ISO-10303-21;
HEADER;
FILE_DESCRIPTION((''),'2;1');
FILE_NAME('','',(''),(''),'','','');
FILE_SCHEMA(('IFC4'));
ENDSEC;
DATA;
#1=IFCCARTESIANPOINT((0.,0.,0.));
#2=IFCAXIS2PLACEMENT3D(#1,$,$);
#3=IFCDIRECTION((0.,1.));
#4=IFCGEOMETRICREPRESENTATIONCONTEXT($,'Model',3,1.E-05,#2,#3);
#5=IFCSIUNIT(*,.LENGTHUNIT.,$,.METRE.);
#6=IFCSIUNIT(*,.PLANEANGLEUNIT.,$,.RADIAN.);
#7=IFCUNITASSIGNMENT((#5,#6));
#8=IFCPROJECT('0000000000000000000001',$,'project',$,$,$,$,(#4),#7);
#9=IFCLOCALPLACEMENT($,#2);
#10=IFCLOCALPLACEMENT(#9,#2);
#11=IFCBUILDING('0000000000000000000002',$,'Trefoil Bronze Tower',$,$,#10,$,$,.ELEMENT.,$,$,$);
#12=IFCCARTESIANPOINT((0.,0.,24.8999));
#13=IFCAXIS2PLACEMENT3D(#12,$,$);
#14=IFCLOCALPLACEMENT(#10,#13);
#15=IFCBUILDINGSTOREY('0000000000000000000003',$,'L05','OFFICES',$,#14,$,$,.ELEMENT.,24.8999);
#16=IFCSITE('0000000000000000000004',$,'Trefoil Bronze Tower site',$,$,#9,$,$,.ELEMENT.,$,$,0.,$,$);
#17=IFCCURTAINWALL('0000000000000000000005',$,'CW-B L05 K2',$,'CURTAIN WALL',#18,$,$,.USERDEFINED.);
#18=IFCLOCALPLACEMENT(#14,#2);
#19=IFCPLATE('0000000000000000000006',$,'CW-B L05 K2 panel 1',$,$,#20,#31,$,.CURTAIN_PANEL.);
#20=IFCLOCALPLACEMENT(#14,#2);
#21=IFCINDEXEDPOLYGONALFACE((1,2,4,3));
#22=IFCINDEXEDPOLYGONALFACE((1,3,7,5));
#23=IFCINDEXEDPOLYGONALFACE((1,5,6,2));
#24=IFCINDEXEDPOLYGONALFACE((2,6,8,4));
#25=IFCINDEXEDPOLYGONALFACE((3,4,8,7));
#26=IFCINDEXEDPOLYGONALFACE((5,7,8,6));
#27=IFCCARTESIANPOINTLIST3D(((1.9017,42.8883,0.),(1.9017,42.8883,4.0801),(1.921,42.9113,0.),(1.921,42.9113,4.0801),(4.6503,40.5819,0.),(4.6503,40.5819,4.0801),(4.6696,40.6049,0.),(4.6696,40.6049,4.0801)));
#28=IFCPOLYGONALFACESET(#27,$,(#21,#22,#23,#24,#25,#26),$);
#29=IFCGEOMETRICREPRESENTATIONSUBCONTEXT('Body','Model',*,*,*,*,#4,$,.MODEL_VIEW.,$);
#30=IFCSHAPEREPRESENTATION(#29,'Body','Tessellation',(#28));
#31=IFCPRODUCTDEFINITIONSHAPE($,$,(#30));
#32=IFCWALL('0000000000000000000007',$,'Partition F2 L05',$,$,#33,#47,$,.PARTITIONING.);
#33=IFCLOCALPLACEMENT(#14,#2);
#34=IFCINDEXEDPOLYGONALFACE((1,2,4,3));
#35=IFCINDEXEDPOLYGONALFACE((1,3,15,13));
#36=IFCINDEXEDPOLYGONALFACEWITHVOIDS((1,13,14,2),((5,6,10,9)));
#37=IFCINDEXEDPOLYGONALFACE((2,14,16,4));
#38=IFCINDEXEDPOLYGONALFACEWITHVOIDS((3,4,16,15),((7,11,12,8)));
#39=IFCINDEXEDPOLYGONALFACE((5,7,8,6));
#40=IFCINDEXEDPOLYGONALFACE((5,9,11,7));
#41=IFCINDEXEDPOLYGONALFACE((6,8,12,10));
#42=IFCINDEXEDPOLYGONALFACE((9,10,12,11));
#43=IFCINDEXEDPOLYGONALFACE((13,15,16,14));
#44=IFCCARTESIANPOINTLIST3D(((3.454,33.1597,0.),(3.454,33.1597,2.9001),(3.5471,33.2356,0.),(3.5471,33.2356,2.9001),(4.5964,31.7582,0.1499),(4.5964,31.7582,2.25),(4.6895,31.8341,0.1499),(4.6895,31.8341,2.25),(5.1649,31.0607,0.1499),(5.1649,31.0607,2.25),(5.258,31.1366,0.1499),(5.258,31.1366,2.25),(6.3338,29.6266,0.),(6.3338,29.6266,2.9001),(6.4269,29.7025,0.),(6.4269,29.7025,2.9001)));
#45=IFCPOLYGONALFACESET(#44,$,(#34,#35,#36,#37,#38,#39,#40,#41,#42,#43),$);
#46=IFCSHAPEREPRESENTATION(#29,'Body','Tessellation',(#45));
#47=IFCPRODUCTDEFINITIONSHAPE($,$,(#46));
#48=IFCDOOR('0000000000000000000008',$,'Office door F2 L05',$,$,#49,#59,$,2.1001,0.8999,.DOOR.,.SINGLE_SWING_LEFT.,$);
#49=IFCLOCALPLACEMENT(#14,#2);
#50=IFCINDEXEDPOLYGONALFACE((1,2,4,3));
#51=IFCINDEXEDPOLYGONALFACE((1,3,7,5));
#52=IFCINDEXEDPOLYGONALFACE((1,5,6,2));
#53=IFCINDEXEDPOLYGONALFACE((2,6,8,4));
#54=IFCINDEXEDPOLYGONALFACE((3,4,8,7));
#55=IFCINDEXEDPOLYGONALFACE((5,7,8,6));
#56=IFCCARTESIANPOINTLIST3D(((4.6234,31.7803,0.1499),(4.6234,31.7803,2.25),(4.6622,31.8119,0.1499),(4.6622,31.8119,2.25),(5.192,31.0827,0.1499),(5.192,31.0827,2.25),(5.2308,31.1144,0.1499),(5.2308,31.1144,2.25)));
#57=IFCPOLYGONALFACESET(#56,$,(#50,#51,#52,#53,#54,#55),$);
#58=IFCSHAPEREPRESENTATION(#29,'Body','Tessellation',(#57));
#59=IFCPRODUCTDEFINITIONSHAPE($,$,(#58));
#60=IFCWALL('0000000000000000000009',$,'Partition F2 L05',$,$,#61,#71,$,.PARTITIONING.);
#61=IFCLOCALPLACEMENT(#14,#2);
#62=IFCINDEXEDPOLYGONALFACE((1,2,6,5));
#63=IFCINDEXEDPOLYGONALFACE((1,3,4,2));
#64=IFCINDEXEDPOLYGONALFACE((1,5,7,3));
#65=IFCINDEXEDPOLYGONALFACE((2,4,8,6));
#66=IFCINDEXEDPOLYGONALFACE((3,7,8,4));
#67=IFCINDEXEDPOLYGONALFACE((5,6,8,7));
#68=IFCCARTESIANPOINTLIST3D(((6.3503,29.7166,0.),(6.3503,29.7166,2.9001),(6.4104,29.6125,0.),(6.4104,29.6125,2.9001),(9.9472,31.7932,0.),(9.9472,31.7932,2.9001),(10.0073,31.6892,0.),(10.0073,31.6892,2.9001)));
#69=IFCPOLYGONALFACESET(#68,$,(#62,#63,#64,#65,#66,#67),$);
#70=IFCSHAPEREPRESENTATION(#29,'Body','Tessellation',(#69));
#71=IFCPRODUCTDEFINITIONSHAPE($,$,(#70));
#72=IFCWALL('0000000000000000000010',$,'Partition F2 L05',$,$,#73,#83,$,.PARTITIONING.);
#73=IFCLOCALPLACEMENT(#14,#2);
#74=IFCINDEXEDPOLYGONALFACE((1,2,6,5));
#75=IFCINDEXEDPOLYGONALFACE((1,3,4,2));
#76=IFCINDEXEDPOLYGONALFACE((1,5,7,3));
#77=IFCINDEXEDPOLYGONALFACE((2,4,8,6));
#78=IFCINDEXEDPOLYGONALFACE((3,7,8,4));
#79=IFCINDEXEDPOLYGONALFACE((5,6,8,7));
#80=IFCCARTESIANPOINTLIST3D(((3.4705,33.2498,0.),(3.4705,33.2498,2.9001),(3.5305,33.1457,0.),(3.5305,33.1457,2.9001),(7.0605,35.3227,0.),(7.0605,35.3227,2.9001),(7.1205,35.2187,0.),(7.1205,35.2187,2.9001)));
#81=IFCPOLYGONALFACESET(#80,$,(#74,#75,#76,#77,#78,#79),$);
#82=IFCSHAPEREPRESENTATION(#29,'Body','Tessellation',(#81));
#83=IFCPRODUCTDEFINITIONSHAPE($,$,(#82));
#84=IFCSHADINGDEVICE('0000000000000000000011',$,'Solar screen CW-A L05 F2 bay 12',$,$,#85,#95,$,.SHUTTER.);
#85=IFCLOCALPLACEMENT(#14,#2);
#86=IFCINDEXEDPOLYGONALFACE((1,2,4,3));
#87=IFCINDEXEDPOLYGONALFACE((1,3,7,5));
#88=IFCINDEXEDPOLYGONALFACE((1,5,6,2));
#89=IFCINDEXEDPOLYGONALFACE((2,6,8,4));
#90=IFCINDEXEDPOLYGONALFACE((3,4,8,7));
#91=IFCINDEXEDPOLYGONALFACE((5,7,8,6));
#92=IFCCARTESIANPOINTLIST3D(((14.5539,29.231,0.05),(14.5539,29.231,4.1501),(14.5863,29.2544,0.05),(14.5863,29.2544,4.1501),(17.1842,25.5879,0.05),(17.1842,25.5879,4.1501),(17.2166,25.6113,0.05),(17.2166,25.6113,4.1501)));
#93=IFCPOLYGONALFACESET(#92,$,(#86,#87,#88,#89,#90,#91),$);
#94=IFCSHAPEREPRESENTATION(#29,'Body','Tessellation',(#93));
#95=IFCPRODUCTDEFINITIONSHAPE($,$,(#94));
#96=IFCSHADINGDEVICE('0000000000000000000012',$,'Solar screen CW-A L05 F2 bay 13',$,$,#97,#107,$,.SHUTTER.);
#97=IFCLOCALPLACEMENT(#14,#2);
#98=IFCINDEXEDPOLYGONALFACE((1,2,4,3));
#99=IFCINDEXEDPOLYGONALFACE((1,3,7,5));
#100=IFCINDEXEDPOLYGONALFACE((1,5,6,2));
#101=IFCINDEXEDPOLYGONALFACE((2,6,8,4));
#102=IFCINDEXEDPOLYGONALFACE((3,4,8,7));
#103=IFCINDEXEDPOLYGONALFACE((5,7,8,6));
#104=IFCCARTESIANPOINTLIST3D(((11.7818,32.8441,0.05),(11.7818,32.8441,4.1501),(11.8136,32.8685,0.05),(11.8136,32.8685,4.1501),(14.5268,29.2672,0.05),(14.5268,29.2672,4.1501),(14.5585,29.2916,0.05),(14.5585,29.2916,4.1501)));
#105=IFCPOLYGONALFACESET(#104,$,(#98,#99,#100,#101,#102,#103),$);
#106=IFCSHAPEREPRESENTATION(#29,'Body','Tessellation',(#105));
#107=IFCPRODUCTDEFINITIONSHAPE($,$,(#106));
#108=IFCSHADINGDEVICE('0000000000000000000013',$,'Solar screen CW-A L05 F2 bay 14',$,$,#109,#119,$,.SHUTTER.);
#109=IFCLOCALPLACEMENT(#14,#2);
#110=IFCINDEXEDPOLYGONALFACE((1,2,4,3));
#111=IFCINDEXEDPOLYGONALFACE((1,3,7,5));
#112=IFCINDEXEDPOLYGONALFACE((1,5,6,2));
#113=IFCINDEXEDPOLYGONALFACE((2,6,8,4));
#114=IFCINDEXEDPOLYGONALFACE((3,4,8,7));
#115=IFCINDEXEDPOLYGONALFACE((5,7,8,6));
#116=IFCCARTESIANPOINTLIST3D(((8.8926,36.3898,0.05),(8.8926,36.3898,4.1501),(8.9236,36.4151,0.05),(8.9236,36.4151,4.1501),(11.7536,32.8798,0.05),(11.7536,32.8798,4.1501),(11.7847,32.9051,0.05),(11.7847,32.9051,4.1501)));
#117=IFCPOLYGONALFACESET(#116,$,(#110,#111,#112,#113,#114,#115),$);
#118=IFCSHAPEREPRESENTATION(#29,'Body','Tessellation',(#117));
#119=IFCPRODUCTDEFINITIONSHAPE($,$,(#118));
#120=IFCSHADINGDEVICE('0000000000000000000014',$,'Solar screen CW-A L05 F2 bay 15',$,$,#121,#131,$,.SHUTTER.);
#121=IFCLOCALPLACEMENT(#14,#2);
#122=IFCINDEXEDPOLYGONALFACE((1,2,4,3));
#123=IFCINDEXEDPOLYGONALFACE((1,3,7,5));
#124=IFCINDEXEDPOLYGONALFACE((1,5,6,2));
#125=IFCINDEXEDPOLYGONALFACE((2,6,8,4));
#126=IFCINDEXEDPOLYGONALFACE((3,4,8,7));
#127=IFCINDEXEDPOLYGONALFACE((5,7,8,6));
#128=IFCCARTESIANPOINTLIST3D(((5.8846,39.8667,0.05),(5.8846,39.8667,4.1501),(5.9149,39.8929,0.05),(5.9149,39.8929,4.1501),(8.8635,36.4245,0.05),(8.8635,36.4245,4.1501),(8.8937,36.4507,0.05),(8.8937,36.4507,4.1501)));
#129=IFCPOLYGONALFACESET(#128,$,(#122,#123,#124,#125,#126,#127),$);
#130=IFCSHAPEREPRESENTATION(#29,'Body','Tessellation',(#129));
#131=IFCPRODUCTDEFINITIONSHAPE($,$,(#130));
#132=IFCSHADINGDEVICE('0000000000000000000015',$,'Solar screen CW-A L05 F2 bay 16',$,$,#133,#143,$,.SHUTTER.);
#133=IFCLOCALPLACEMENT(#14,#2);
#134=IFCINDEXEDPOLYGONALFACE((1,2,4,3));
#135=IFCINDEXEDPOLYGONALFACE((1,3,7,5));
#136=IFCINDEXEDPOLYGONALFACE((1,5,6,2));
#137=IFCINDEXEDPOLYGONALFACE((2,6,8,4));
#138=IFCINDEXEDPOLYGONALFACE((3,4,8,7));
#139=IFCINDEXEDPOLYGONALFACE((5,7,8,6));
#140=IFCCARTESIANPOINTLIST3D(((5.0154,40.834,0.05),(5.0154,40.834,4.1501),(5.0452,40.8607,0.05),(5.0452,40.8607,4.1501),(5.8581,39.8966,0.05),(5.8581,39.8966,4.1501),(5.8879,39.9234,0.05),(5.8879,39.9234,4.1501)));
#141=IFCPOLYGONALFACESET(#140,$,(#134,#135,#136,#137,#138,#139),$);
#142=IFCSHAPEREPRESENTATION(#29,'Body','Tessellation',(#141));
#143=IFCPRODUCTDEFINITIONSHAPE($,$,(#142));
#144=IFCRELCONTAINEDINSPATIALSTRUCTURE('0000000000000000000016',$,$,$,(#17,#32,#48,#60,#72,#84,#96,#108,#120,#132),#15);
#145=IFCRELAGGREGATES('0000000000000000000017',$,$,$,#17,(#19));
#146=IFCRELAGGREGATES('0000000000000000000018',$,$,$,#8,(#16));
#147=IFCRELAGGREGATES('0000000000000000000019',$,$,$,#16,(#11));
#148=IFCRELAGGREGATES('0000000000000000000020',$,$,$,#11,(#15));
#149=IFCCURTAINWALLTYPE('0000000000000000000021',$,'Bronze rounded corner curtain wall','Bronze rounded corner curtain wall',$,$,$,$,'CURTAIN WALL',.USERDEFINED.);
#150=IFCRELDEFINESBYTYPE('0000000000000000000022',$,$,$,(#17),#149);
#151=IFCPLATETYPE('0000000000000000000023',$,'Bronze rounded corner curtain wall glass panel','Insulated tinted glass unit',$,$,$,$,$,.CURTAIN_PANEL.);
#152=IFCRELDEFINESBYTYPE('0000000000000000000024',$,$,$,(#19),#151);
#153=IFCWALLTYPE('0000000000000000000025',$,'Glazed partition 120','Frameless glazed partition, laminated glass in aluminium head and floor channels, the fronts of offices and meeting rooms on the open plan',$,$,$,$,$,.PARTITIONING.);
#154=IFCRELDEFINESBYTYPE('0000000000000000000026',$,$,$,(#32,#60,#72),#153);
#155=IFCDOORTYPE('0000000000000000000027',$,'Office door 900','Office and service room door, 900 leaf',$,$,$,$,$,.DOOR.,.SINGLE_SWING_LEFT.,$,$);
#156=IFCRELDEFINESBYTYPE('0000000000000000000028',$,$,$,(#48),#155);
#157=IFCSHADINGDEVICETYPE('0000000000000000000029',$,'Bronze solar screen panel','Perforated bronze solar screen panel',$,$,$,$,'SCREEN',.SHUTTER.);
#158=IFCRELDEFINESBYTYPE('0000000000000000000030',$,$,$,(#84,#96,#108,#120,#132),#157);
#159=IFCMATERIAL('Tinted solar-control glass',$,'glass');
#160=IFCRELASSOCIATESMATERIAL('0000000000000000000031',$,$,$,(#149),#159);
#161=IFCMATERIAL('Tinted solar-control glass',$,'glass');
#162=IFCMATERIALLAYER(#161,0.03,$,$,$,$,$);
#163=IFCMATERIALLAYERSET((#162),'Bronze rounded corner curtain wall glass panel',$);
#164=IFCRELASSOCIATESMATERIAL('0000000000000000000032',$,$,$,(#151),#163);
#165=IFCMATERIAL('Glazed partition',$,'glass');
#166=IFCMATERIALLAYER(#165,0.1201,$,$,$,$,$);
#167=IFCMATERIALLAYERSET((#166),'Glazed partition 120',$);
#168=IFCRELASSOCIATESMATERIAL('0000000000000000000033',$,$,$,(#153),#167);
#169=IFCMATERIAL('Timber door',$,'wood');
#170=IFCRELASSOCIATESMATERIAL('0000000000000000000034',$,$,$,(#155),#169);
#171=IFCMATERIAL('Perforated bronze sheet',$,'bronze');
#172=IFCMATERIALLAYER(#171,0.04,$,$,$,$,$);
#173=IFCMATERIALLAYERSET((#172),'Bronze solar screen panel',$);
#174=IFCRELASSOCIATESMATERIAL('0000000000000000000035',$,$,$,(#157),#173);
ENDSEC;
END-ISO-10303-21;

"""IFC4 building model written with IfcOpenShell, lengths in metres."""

from ifc_helpers import new_model, si_unit, direction, frame, frame_2d, origin, origin_2d, place, context, subcontext, project, spatial, rectangle, extrude, material, layer, layer_set, type_object, element, fill, aggregate, save


model = new_model("IFC4")

# Units and contexts
model_context = context("Model", 3, precision=1e-05, world=origin(), true_north=direction((0.0, 1.0)))
body_context = subcontext(model_context, "Body", "Model", "MODEL_VIEW")
ifc_project = project(units=[si_unit("LENGTHUNIT", "METRE"), si_unit("PLANEANGLEUNIT", "RADIAN")], contexts=[model_context])

# Site, building, storey
site_placement = place(None, origin())
site = spatial("IfcSite", under=ifc_project, at=site_placement, Name="Trefoil Bronze Tower site", CompositionType="ELEMENT", RefElevation=0.0)
building_placement = place(site_placement, origin())
building = spatial("IfcBuilding", under=site, at=building_placement, Name="Trefoil Bronze Tower", CompositionType="ELEMENT")
storey_placement = place(building_placement, frame((0.0, 0.0, 24.8999)))
storey = spatial("IfcBuildingStorey", under=building, at=storey_placement, Name="L05", Description="OFFICES", CompositionType="ELEMENT", Elevation=24.8999)

# Curtain wall
ifc_material_1 = material(Name="Tinted solar-control glass", Category="glass")
curtain_wall_type_1 = type_object("IfcCurtainWallType", Name="Bronze rounded corner curtain wall", Description="Bronze rounded corner curtain wall", ElementType="CURTAIN WALL", PredefinedType="USERDEFINED", material=ifc_material_1)
curtain_wall_1_placement = place(storey_placement, origin())
curtain_wall_1 = element("IfcCurtainWall", 1, at=curtain_wall_1_placement, inside=storey, type_object=curtain_wall_type_1, Name="CW-B L05 K2", ObjectType="CURTAIN WALL", PredefinedType="USERDEFINED")

# Plate
ifc_material_2 = material(Name="Tinted solar-control glass", Category="glass")
ifc_layer_1 = layer(ifc_material_2, 0.03)
ifc_layer_set_1 = layer_set([ifc_layer_1], Name="Bronze rounded corner curtain wall glass panel")
plate_type_1 = type_object("IfcPlateType", Name="Bronze rounded corner curtain wall glass panel", Description="Insulated tinted glass unit", PredefinedType="CURTAIN_PANEL", material=ifc_layer_set_1)
plate_1_placement = place(storey_placement, frame((3.2856, 41.7466, 0.0), z_axis=(0.0, 0.0, 1.0), x_axis=(-0.766044, 0.642788, 0.0)))
plate_1 = element("IfcPlate", 2, at=plate_1_placement, type_object=plate_type_1, Name="CW-B L05 K2 panel 1", PredefinedType="CURTAIN_PANEL", context=body_context, shape_type="SweptSolid", body=[
    extrude(rectangle(XDim=3.5881, YDim=0.03, at=origin_2d()), origin(), (0.0, 0.0, 1.0), 4.0801),
])
aggregate(curtain_wall_1, [plate_1])

# Wall, opening, door
ifc_material_3 = material(Name="Glazed partition", Category="glass")
ifc_layer_2 = layer(ifc_material_3, 0.1201)
ifc_layer_set_2 = layer_set([ifc_layer_2], Name="Glazed partition 120")
wall_type = type_object("IfcWallType", Name="Glazed partition 120", Description="Frameless glazed partition, laminated glass in aluminium head and floor channels, the fronts of offices and meeting rooms on the open plan", PredefinedType="PARTITIONING", material=ifc_layer_set_2)
wall_1_placement = place(storey_placement, frame((6.3804, 29.6646, 0.0), z_axis=(0.0, 0.0, 1.0), x_axis=(-0.631802, 0.77513, 0.0)))
wall_1 = element("IfcWall", 3, at=wall_1_placement, inside=storey, type_object=wall_type, Name="Partition F2 L05", PredefinedType="PARTITIONING", context=body_context, shape_type="SweptSolid", body=[
    extrude(rectangle(XDim=4.5581, YDim=0.1201, at=frame_2d((2.2791, 0.0))), origin(), (0.0, 0.0, 1.0), 2.9001),
])
opening_placement = place(wall_1_placement, frame((1.8501, 0.0, 0.1499)))
opening = element("IfcOpeningElement", 4, at=opening_placement, cuts=wall_1, PredefinedType="OPENING", context=body_context, shape_type="SweptSolid", body=[
    extrude(rectangle(XDim=0.8999, YDim=2.1001, at=frame_2d((0.45, 1.05))), frame((0.0, 0.0701, 0.0), z_axis=(0.0, -1.0, 0.0), x_axis=(1.0, 0.0, 0.0)), (0.0, 0.0, 1.0), 0.1401),
])
ifc_material_4 = material(Name="Timber door", Category="wood")
door_type = type_object("IfcDoorType", Name="Office door 900", Description="Office and service room door, 900 leaf", OperationType="SINGLE_SWING_LEFT", PredefinedType="DOOR", material=ifc_material_4)
door_placement = place(opening_placement, frame((0.8999, 0.0, 0.0), z_axis=(0.0, 0.0, 1.0), x_axis=(-1.0, 0.0, 0.0)))
door = element("IfcDoor", 5, at=door_placement, inside=storey, type_object=door_type, Name="Office door F2 L05", OperationType="SINGLE_SWING_LEFT", OverallHeight=2.1001, OverallWidth=0.8999, PredefinedType="DOOR", context=body_context, shape_type="SweptSolid", body=[
    extrude(rectangle(XDim=0.8999, YDim=2.1001, at=frame_2d((0.45, 1.05))), frame((0.0, 0.0249, 0.0), z_axis=(0.0, -1.0, 0.0), x_axis=(1.0, 0.0, 0.0)), (0.0, 0.0, 1.0), 0.05),
])
fill(opening, door)

# Walls
wall_2_placement = place(storey_placement, frame((6.3804, 29.6646, 0.0), z_axis=(0.0, 0.0, 1.0), x_axis=(0.866028, 0.499996, 0.0)))
element("IfcWall", 6, at=wall_2_placement, inside=storey, type_object=wall_type, Name="Partition F2 L05", PredefinedType="PARTITIONING", context=body_context, shape_type="SweptSolid", body=[
    extrude(rectangle(XDim=4.1533, YDim=0.1201, at=frame_2d((2.0767, 0.0))), origin(), (0.0, 0.0, 1.0), 2.9001),
])
wall_3_placement = place(storey_placement, frame((3.5005, 33.1978, 0.0), z_axis=(0.0, 0.0, 1.0), x_axis=(0.865998, 0.500047, 0.0)))
element("IfcWall", 7, at=wall_3_placement, inside=storey, type_object=wall_type, Name="Partition F2 L05", PredefinedType="PARTITIONING", context=body_context, shape_type="SweptSolid", body=[
    extrude(rectangle(XDim=4.1455, YDim=0.1201, at=frame_2d((2.0728, 0.0))), origin(), (0.0, 0.0, 1.0), 2.9001),
])

# Shading devices
ifc_material_5 = material(Name="Perforated bronze sheet", Category="bronze")
ifc_layer_3 = layer(ifc_material_5, 0.04)
ifc_layer_set_3 = layer_set([ifc_layer_3], Name="Bronze solar screen panel")
shading_device_type = type_object("IfcShadingDeviceType", Name="Bronze solar screen panel", Description="Perforated bronze solar screen panel", ElementType="SCREEN", PredefinedType="SHUTTER", material=ifc_layer_set_3)
shading_device_1_placement = place(storey_placement, frame((15.8853, 27.4211, 0.05), z_axis=(0.0, 0.0, 1.0), x_axis=(-0.585373, 0.810764, 0.0)))
element("IfcShadingDevice", 8, at=shading_device_1_placement, inside=storey, type_object=shading_device_type, Name="Solar screen CW-A L05 F2 bay 12", PredefinedType="SHUTTER", context=body_context, shape_type="SweptSolid", body=[
    extrude(rectangle(XDim=4.4934, YDim=0.04, at=origin_2d()), origin(), (0.0, 0.0, 1.0), 4.1001),
])
shading_device_2_placement = place(storey_placement, frame((13.1702, 31.0679, 0.05), z_axis=(0.0, 0.0, 1.0), x_axis=(-0.608808, 0.793318, 0.0)))
element("IfcShadingDevice", 9, at=shading_device_2_placement, inside=storey, type_object=shading_device_type, Name="Solar screen CW-A L05 F2 bay 13", PredefinedType="SHUTTER", context=body_context, shape_type="SweptSolid", body=[
    extrude(rectangle(XDim=4.5088, YDim=0.04, at=origin_2d()), origin(), (0.0, 0.0, 1.0), 4.1001),
])
shading_device_3_placement = place(storey_placement, frame((10.3386, 34.6475, 0.05), z_axis=(0.0, 0.0, 1.0), x_axis=(-0.631811, 0.775123, 0.0)))
element("IfcShadingDevice", 10, at=shading_device_3_placement, inside=storey, type_object=shading_device_type, Name="Solar screen CW-A L05 F2 bay 14", PredefinedType="SHUTTER", context=body_context, shape_type="SweptSolid", body=[
    extrude(rectangle(XDim=4.5283, YDim=0.04, at=origin_2d()), origin(), (0.0, 0.0, 1.0), 4.1001),
])
shading_device_4_placement = place(storey_placement, frame((7.3892, 38.1587, 0.05), z_axis=(0.0, 0.0, 1.0), x_axis=(-0.654376, 0.756169, 0.0)))
element("IfcShadingDevice", 11, at=shading_device_4_placement, inside=storey, type_object=shading_device_type, Name="Solar screen CW-A L05 F2 bay 15", PredefinedType="SHUTTER", context=body_context, shape_type="SweptSolid", body=[
    extrude(rectangle(XDim=4.5522, YDim=0.04, at=origin_2d()), origin(), (0.0, 0.0, 1.0), 4.1001),
])
shading_device_5_placement = place(storey_placement, frame((5.4517, 40.3787, 0.05), z_axis=(0.0, 0.0, 1.0), x_axis=(-0.668575, 0.743645, 0.0)))
element("IfcShadingDevice", 12, at=shading_device_5_placement, inside=storey, type_object=shading_device_type, Name="Solar screen CW-A L05 F2 bay 16", PredefinedType="SHUTTER", context=body_context, shape_type="SweptSolid", body=[
    extrude(rectangle(XDim=1.2605, YDim=0.04, at=origin_2d()), origin(), (0.0, 0.0, 1.0), 4.1001),
])

save(model, "model.ifc")
